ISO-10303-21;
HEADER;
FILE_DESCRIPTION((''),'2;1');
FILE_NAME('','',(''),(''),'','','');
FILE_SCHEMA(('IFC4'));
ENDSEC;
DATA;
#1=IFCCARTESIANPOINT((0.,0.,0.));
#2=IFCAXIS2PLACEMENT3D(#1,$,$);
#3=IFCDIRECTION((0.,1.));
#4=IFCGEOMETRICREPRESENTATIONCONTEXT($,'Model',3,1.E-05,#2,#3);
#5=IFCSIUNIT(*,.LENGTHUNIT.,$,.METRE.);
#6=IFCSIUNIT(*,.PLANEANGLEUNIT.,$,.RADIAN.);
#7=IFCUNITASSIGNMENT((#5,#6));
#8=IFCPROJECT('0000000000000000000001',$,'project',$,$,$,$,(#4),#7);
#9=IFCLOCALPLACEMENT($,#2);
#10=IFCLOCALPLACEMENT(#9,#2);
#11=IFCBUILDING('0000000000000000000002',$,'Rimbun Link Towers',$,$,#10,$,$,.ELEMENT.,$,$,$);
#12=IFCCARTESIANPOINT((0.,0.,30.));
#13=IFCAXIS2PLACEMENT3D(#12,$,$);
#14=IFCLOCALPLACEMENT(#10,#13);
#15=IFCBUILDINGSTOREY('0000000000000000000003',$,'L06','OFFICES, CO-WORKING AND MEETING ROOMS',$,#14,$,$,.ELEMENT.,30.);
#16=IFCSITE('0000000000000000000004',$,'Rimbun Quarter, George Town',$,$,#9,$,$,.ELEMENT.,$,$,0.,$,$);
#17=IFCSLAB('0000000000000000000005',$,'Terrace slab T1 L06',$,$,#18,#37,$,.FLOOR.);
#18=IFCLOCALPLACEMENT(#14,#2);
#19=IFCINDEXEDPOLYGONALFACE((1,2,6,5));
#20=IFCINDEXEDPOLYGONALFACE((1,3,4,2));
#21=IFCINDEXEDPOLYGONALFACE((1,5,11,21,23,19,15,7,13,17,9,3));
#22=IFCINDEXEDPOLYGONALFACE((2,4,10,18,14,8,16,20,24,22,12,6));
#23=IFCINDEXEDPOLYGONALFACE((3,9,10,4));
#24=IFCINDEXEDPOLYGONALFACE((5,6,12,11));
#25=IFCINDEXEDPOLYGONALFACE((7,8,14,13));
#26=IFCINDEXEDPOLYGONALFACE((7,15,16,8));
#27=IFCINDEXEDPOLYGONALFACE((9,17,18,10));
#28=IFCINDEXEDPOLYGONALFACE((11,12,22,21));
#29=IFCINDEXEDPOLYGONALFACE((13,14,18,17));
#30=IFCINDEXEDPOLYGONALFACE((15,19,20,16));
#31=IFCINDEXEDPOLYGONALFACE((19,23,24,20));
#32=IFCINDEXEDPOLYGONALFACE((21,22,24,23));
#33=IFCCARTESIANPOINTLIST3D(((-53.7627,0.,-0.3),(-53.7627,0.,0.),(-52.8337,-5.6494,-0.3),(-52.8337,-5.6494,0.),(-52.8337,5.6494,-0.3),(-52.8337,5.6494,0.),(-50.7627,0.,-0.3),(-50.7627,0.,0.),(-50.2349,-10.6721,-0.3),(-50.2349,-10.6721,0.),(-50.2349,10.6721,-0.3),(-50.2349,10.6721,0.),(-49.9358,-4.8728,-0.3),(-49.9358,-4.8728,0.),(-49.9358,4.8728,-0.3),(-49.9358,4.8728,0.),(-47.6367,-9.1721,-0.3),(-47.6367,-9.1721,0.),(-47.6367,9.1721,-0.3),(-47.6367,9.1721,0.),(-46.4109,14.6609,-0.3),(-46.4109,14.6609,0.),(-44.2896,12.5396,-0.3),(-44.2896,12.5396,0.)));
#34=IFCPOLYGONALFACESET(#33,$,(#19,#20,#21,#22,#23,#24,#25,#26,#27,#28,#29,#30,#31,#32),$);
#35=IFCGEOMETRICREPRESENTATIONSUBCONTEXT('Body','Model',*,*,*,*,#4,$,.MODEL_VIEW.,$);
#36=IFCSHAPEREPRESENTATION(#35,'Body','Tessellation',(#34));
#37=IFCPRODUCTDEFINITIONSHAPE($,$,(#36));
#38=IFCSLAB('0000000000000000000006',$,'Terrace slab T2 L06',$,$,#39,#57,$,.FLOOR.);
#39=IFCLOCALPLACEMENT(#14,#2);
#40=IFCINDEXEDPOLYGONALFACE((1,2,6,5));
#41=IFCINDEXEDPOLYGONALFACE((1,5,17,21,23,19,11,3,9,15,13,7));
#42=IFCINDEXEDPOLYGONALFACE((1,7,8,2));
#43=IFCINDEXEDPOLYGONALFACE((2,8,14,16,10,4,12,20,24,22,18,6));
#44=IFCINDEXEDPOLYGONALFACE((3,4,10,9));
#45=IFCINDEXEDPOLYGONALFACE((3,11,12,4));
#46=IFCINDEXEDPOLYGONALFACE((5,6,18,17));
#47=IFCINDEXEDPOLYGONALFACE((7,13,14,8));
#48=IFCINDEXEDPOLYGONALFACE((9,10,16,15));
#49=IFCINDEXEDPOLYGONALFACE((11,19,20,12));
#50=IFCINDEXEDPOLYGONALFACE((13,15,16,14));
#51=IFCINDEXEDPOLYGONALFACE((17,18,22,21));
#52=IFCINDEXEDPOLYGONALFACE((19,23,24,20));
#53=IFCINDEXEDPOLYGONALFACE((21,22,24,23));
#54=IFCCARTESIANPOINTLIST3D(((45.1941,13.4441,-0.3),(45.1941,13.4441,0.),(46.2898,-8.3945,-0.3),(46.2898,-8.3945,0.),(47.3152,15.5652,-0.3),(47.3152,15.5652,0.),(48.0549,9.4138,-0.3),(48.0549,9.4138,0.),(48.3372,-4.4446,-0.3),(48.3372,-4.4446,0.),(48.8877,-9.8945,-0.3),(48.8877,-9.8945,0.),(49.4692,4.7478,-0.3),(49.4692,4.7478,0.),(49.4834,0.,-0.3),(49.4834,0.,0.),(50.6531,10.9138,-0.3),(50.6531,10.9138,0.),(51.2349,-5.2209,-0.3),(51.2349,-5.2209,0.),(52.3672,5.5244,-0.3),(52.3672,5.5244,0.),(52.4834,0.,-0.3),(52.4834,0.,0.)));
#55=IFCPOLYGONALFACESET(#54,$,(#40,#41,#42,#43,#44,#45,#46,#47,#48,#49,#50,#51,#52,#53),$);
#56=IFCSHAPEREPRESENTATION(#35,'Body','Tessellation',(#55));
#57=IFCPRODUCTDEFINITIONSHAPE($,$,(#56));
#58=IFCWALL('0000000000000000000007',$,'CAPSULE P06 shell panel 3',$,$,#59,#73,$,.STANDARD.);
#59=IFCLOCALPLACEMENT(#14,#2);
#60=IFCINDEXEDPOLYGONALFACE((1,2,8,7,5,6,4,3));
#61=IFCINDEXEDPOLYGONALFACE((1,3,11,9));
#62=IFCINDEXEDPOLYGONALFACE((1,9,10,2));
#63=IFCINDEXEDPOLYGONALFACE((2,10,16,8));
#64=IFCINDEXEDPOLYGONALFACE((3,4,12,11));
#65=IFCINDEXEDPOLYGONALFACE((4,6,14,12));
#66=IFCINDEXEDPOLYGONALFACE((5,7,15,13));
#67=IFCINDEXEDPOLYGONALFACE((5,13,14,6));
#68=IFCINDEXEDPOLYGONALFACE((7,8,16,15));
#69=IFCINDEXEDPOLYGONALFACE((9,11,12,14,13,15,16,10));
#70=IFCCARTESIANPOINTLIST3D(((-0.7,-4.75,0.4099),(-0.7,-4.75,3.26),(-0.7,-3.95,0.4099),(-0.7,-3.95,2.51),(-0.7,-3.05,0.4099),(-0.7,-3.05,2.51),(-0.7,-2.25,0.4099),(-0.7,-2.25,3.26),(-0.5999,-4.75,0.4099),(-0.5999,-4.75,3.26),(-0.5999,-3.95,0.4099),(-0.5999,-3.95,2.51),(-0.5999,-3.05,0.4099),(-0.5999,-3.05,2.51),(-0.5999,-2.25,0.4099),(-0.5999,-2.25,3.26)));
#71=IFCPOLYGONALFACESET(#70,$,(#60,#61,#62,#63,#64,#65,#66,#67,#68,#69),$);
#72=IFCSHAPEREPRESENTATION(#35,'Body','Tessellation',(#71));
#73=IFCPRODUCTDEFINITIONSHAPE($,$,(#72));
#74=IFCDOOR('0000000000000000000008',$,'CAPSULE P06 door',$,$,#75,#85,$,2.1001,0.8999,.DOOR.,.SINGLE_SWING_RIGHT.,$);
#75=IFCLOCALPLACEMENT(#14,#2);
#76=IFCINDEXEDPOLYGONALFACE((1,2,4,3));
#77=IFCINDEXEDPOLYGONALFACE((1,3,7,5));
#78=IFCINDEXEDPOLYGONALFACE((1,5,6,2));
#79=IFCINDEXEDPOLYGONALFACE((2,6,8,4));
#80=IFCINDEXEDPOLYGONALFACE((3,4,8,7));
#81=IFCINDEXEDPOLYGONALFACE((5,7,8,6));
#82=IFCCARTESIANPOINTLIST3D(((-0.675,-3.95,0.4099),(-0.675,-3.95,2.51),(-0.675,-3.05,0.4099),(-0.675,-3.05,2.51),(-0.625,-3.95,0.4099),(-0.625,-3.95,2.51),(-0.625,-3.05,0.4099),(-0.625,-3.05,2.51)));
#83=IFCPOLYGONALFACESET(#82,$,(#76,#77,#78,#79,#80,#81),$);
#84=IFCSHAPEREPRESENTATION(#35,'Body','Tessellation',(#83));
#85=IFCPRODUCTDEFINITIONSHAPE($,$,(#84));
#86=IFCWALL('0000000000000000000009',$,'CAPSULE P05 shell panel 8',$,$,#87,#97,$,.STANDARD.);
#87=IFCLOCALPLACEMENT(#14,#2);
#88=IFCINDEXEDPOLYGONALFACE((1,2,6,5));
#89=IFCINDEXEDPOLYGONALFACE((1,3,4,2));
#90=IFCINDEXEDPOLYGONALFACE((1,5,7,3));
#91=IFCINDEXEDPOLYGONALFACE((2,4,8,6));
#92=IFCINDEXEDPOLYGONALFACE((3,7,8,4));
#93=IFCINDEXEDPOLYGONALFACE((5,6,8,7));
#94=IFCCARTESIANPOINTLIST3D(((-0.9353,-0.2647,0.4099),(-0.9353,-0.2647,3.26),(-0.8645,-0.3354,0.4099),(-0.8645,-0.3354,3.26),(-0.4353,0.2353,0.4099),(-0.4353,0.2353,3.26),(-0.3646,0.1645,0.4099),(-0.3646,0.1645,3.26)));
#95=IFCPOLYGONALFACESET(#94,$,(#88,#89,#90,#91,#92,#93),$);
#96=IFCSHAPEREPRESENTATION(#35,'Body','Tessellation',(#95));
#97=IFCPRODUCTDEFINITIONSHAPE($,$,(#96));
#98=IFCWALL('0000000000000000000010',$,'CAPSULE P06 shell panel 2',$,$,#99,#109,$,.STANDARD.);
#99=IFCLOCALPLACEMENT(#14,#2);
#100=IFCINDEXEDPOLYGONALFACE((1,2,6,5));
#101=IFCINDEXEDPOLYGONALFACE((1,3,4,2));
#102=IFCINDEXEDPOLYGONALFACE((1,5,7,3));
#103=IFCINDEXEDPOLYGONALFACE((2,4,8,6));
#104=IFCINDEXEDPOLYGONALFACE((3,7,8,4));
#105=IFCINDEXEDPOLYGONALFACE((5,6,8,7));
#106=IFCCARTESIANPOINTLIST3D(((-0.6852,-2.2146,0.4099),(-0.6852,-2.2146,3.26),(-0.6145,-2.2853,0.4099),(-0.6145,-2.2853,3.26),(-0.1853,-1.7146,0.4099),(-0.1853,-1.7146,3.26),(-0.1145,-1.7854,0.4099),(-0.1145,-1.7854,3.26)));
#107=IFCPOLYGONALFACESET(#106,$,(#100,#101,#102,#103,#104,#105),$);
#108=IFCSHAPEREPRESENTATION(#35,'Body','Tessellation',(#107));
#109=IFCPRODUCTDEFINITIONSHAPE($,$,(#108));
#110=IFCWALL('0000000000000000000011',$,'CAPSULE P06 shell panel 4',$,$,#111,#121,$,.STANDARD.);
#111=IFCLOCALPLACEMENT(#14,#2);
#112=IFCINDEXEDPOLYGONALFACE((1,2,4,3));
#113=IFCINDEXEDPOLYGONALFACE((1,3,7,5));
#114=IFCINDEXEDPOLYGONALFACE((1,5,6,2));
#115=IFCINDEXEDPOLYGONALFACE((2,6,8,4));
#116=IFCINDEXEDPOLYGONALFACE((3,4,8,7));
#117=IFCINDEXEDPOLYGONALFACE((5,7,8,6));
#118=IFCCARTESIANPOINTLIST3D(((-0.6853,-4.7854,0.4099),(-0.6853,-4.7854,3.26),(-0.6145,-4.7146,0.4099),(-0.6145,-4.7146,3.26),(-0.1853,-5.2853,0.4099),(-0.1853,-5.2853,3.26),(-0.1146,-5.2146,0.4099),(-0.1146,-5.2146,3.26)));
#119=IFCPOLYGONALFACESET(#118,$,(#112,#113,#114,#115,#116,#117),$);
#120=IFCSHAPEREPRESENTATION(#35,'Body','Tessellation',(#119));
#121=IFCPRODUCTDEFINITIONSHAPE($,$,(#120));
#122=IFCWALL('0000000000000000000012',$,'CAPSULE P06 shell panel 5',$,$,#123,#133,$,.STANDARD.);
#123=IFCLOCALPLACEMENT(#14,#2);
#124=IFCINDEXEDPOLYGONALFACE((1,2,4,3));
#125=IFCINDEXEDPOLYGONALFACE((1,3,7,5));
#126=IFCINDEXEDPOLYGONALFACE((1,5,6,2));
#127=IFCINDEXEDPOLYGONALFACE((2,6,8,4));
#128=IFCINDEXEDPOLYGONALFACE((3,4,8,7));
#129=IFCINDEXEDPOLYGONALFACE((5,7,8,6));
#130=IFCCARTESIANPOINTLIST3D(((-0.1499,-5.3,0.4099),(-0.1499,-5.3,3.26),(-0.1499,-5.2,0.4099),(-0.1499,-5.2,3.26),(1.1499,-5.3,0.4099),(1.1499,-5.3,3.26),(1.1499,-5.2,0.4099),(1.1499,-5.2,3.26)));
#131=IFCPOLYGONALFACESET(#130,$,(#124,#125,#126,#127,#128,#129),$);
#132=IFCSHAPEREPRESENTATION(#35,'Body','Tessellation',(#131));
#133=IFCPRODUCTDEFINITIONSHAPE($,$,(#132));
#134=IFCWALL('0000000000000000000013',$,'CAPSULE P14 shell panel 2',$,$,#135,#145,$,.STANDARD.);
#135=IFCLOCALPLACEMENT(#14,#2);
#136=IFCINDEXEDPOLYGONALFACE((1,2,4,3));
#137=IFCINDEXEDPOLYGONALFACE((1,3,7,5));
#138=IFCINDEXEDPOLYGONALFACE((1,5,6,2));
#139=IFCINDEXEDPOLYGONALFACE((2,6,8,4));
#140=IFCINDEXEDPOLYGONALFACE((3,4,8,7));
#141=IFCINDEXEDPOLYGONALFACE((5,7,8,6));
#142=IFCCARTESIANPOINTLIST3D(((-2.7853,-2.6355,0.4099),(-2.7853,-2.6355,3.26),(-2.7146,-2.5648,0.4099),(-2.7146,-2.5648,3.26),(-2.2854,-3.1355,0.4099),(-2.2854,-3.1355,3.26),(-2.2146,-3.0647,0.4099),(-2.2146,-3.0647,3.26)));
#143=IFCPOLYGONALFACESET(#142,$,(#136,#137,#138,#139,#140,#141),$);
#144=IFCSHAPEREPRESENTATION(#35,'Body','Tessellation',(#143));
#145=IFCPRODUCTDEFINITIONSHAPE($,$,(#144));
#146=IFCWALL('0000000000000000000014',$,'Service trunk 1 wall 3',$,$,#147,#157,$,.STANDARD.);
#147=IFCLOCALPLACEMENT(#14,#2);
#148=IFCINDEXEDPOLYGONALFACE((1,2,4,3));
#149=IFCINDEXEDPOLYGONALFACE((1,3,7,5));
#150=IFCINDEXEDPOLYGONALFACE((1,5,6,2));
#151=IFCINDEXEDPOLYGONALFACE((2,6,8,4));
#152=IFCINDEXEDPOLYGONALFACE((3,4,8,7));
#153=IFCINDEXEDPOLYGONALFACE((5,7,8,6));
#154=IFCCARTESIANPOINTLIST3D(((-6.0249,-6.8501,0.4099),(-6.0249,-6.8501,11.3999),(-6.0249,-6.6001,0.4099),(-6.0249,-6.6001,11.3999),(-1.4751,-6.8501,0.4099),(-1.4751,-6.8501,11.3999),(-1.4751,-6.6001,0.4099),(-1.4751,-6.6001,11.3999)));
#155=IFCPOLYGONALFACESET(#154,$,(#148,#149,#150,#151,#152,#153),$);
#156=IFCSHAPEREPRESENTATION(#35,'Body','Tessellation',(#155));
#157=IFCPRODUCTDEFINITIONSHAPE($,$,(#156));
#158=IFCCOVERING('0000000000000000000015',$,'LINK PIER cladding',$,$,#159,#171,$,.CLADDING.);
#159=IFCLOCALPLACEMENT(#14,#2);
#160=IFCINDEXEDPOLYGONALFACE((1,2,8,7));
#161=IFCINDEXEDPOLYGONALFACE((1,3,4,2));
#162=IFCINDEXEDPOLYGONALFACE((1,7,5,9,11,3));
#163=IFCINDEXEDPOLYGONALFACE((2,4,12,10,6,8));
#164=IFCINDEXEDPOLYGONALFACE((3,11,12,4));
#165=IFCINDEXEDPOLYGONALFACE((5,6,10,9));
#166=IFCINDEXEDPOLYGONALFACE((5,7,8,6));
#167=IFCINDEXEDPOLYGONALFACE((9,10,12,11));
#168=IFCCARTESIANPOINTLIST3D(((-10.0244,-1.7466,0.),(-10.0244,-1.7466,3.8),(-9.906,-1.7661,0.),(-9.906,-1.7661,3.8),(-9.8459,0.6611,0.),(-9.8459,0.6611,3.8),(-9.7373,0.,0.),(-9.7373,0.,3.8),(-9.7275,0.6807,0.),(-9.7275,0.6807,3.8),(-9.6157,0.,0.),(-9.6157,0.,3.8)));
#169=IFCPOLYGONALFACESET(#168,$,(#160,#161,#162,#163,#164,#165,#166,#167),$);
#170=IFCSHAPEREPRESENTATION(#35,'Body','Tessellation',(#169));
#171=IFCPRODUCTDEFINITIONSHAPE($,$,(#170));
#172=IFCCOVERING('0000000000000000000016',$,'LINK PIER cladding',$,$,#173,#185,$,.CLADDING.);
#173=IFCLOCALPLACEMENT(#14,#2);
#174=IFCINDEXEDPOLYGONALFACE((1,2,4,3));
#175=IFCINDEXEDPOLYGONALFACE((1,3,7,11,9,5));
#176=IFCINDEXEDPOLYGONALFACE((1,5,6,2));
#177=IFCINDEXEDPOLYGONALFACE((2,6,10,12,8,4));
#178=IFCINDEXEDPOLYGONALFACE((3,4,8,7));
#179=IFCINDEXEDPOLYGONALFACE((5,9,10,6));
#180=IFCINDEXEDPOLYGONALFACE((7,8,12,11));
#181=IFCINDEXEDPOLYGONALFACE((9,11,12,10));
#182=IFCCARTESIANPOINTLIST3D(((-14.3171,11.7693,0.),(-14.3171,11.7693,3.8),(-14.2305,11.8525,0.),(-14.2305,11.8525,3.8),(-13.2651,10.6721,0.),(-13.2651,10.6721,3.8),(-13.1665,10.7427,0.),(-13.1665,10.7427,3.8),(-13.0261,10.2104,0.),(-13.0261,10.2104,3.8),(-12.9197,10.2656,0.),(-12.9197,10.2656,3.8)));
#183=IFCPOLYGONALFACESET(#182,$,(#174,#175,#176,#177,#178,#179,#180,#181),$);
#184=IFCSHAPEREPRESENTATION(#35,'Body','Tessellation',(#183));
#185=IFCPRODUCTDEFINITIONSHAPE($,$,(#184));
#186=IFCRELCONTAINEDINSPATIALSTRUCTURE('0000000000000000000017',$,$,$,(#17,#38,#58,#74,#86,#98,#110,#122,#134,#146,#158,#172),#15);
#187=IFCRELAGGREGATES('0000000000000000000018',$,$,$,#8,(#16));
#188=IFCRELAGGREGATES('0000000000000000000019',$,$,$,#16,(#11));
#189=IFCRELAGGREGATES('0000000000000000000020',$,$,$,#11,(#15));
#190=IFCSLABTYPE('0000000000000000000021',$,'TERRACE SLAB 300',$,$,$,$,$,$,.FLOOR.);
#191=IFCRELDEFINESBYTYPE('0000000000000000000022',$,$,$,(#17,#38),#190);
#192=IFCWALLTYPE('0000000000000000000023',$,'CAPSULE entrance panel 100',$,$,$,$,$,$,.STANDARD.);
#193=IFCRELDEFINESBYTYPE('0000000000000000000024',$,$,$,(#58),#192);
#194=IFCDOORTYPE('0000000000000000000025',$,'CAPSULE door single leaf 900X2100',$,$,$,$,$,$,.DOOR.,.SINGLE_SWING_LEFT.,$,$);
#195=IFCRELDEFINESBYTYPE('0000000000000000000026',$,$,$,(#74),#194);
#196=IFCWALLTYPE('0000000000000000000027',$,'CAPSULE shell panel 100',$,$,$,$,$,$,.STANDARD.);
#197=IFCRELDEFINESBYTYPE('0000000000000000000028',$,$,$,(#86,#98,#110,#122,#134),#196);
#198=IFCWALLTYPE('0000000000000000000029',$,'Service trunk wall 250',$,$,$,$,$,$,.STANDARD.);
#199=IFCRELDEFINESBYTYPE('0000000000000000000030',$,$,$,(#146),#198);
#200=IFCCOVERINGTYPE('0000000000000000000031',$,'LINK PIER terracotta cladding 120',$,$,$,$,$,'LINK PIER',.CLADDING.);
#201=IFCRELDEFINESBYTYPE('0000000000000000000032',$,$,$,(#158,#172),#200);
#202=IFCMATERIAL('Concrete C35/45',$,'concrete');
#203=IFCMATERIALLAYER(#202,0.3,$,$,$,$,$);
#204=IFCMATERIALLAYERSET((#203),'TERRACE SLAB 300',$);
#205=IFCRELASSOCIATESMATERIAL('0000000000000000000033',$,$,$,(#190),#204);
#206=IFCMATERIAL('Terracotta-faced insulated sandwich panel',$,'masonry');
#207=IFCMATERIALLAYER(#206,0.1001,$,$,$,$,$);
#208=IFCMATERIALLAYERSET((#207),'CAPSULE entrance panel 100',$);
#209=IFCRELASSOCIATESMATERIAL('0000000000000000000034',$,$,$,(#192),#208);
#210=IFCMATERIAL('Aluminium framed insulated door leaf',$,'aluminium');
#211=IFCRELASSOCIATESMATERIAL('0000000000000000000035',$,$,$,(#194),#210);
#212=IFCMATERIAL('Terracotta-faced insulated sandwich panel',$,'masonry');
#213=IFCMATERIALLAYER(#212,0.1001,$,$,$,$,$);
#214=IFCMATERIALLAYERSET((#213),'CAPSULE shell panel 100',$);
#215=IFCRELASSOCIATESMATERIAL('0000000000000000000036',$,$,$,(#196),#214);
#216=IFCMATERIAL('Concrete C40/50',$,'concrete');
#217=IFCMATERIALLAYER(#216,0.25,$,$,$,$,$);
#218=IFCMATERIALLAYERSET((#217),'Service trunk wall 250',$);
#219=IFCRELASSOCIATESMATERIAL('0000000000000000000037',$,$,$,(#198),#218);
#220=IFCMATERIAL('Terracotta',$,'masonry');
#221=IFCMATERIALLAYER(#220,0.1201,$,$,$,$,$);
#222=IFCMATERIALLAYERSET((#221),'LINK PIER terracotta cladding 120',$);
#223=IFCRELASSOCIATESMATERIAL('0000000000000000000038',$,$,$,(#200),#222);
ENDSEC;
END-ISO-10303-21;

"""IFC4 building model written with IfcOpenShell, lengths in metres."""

from ifc_helpers import new_model, si_unit, direction, frame, frame_2d, origin, place, context, subcontext, project, spatial, polyline, rectangle, outline, extrude, material, layer, layer_set, type_object, element, fill, save


model = new_model("IFC4")

# Units and contexts
model_context = context("Model", 3, precision=1e-05, world=origin(), true_north=direction((0.0, 1.0)))
body_context = subcontext(model_context, "Body", "Model", "MODEL_VIEW")
ifc_project = project(units=[si_unit("LENGTHUNIT", "METRE"), si_unit("PLANEANGLEUNIT", "RADIAN")], contexts=[model_context])

# Site, building, storey
site_placement = place(None, origin())
site = spatial("IfcSite", under=ifc_project, at=site_placement, Name="Rimbun Quarter, George Town", CompositionType="ELEMENT", RefElevation=0.0)
building_placement = place(site_placement, origin())
building = spatial("IfcBuilding", under=site, at=building_placement, Name="Rimbun Link Towers", CompositionType="ELEMENT")
storey_placement = place(building_placement, frame((0.0, 0.0, 30.0)))
storey = spatial("IfcBuildingStorey", under=building, at=storey_placement, Name="L06", Description="OFFICES, CO-WORKING AND MEETING ROOMS", CompositionType="ELEMENT", Elevation=30.0)

# Slabs
ifc_material_1 = material(Name="Concrete C35/45", Category="concrete")
ifc_layer_1 = layer(ifc_material_1, 0.3)
ifc_layer_set_1 = layer_set([ifc_layer_1], Name="TERRACE SLAB 300")
slab_type_1 = type_object("IfcSlabType", Name="TERRACE SLAB 300", PredefinedType="FLOOR", material=ifc_layer_set_1)
slab_1_placement = place(storey_placement, frame((0.0, 0.0, -0.3)))
element("IfcSlab", 1, at=slab_1_placement, inside=storey, type_object=slab_type_1, Name="Terrace slab T1 L06", PredefinedType="FLOOR", context=body_context, shape_type="SweptSolid", body=[
    extrude(outline(polyline([(-44.2896, 12.5396), (-47.6367, 9.1721), (-49.9358, 4.8728), (-50.7627, 0.0), (-49.9358, -4.8728), (-47.6367, -9.1721), (-50.2349, -10.6721), (-52.8337, -5.6494), (-53.7627, 0.0), (-52.8337, 5.6494), (-50.2349, 10.6721), (-46.4109, 14.6609), (-44.2896, 12.5396)])), origin(), (0.0, 0.0, 1.0), 0.3),
])
slab_2_placement = place(storey_placement, frame((0.0, 0.0, -0.3)))
element("IfcSlab", 2, at=slab_2_placement, inside=storey, type_object=slab_type_1, Name="Terrace slab T2 L06", PredefinedType="FLOOR", context=body_context, shape_type="SweptSolid", body=[
    extrude(outline(polyline([(46.2898, -8.3945), (48.3372, -4.4446), (49.4834, 0.0), (49.4692, 4.7478), (48.0549, 9.4138), (45.1941, 13.4441), (47.3152, 15.5652), (50.6531, 10.9138), (52.3672, 5.5244), (52.4834, 0.0), (51.2349, -5.2209), (48.8877, -9.8945), (46.2898, -8.3945)])), origin(), (0.0, 0.0, 1.0), 0.3),
])

# Wall, opening, door
ifc_material_2 = material(Name="Terracotta-faced insulated sandwich panel", Category="masonry")
ifc_layer_2 = layer(ifc_material_2, 0.1001)
ifc_layer_set_2 = layer_set([ifc_layer_2], Name="CAPSULE entrance panel 100")
wall_type_1 = type_object("IfcWallType", Name="CAPSULE entrance panel 100", PredefinedType="STANDARD", material=ifc_layer_set_2)
wall_1_placement = place(storey_placement, frame((-0.6499, -2.25, 0.4099), z_axis=(0.0, 0.0, 1.0), x_axis=(0.0, -1.0, 0.0)))
wall_1 = element("IfcWall", 3, at=wall_1_placement, inside=storey, type_object=wall_type_1, Name="CAPSULE P06 shell panel 3", PredefinedType="STANDARD", context=body_context, shape_type="SweptSolid", body=[
    extrude(rectangle(XDim=2.5, YDim=0.1001, at=frame_2d((1.25, 0.0))), origin(), (0.0, 0.0, 1.0), 2.8501),
])
opening_placement = place(wall_1_placement, frame((0.8, 0.0, 0.0)))
opening = element("IfcOpeningElement", 4, at=opening_placement, cuts=wall_1, PredefinedType="OPENING", context=body_context, shape_type="SweptSolid", body=[
    extrude(rectangle(XDim=0.8999, YDim=2.1001, at=frame_2d((0.45, 1.05))), frame((0.0, 0.0601, 0.0), z_axis=(0.0, -1.0, 0.0), x_axis=(1.0, 0.0, 0.0)), (0.0, 0.0, 1.0), 0.1201),
])
ifc_material_3 = material(Name="Aluminium framed insulated door leaf", Category="aluminium")
door_type = type_object("IfcDoorType", Name="CAPSULE door single leaf 900X2100", OperationType="SINGLE_SWING_LEFT", PredefinedType="DOOR", material=ifc_material_3)
door_placement = place(opening_placement, origin())
door = element("IfcDoor", 5, at=door_placement, inside=storey, type_object=door_type, Name="CAPSULE P06 door", OperationType="SINGLE_SWING_RIGHT", OverallHeight=2.1001, OverallWidth=0.8999, PredefinedType="DOOR", context=body_context, shape_type="SweptSolid", body=[
    extrude(rectangle(XDim=0.8999, YDim=2.1001, at=frame_2d((0.45, 1.05))), frame((0.0, 0.0249, 0.0), z_axis=(0.0, -1.0, 0.0), x_axis=(1.0, 0.0, 0.0)), (0.0, 0.0, 1.0), 0.05),
])
fill(opening, door)

# Walls
ifc_material_4 = material(Name="Terracotta-faced insulated sandwich panel", Category="masonry")
ifc_layer_3 = layer(ifc_material_4, 0.1001)
ifc_layer_set_3 = layer_set([ifc_layer_3], Name="CAPSULE shell panel 100")
wall_type_2 = type_object("IfcWallType", Name="CAPSULE shell panel 100", PredefinedType="STANDARD", material=ifc_layer_set_3)
for number, where, z_axis, x_axis, name in (
    (6, (-0.8999, -0.3, 0.4099), (0.0, 0.0, 1.0), (0.707107, 0.707107, 0.0), "CAPSULE P05 shell panel 8"),
    (7, (-0.1499, -1.75, 0.4099), (0.0, 0.0, 1.0), (-0.707107, -0.707107, 0.0), "CAPSULE P06 shell panel 2"),
    (8, (-0.6499, -4.75, 0.4099), (0.0, 0.0, 1.0), (0.707107, -0.707107, 0.0), "CAPSULE P06 shell panel 4"),
):
    element("IfcWall", number, at=place(storey_placement, frame(where, z_axis=z_axis, x_axis=x_axis)), inside=storey, type_object=wall_type_2, Name=name, PredefinedType="STANDARD", context=body_context, shape_type="SweptSolid", body=[
        extrude(rectangle(XDim=0.707, YDim=0.1001, at=frame_2d((0.3535, 0.0))), origin(), (0.0, 0.0, 1.0), 2.8501),
    ])
wall_2_placement = place(storey_placement, frame((-0.1499, -5.25, 0.4099), z_axis=(0.0, 0.0, 1.0), x_axis=(1.0, 0.0, 0.0)))
element("IfcWall", 9, at=wall_2_placement, inside=storey, type_object=wall_type_2, Name="CAPSULE P06 shell panel 5", PredefinedType="STANDARD", context=body_context, shape_type="SweptSolid", body=[
    extrude(rectangle(XDim=1.2998, YDim=0.1001, at=frame_2d((0.6499, 0.0))), origin(), (0.0, 0.0, 1.0), 2.8501),
])
wall_3_placement = place(storey_placement, frame((-2.25, -3.1001, 0.4099), z_axis=(0.0, 0.0, 1.0), x_axis=(-0.707107, 0.707107, 0.0)))
element("IfcWall", 10, at=wall_3_placement, inside=storey, type_object=wall_type_2, Name="CAPSULE P14 shell panel 2", PredefinedType="STANDARD", context=body_context, shape_type="SweptSolid", body=[
    extrude(rectangle(XDim=0.707, YDim=0.1001, at=frame_2d((0.3535, 0.0))), origin(), (0.0, 0.0, 1.0), 2.8501),
])
ifc_material_5 = material(Name="Concrete C40/50", Category="concrete")
ifc_layer_4 = layer(ifc_material_5, 0.25)
ifc_layer_set_4 = layer_set([ifc_layer_4], Name="Service trunk wall 250")
wall_type_3 = type_object("IfcWallType", Name="Service trunk wall 250", PredefinedType="STANDARD", material=ifc_layer_set_4)
wall_4_placement = place(storey_placement, frame((-1.4751, -6.7251, 0.4099), z_axis=(0.0, 0.0, 1.0), x_axis=(-1.0, 0.0, 0.0)))
element("IfcWall", 11, at=wall_4_placement, inside=storey, type_object=wall_type_3, Name="Service trunk 1 wall 3", PredefinedType="STANDARD", context=body_context, shape_type="SweptSolid", body=[
    extrude(rectangle(XDim=4.5498, YDim=0.25, at=frame_2d((2.2749, 0.0))), origin(), (0.0, 0.0, 1.0), 10.99),
])

# Coverings
ifc_material_6 = material(Name="Terracotta", Category="masonry")
ifc_layer_5 = layer(ifc_material_6, 0.1201)
ifc_layer_set_5 = layer_set([ifc_layer_5], Name="LINK PIER terracotta cladding 120")
covering_type = type_object("IfcCoveringType", Name="LINK PIER terracotta cladding 120", ElementType="LINK PIER", PredefinedType="CLADDING", material=ifc_layer_set_5)
covering_1_placement = place(storey_placement, origin())
element("IfcCovering", 12, at=covering_1_placement, inside=storey, type_object=covering_type, Name="LINK PIER cladding", PredefinedType="CLADDING", context=body_context, shape_type="SweptSolid", body=[
    extrude(outline(polyline([(-9.8459, 0.6611), (-9.7373, 0.0), (-10.0244, -1.7466), (-9.906, -1.7661), (-9.6157, 0.0), (-9.7275, 0.6807), (-9.8459, 0.6611)])), origin(), (0.0, 0.0, 1.0), 3.8),
])
covering_2_placement = place(storey_placement, origin())
element("IfcCovering", 13, at=covering_2_placement, inside=storey, type_object=covering_type, Name="LINK PIER cladding", PredefinedType="CLADDING", context=body_context, shape_type="SweptSolid", body=[
    extrude(outline(polyline([(-14.3171, 11.7693), (-13.2651, 10.6721), (-13.0261, 10.2104), (-12.9197, 10.2656), (-13.1665, 10.7427), (-14.2305, 11.8525), (-14.3171, 11.7693)])), origin(), (0.0, 0.0, 1.0), 3.8),
])

save(model, "model.ifc")
